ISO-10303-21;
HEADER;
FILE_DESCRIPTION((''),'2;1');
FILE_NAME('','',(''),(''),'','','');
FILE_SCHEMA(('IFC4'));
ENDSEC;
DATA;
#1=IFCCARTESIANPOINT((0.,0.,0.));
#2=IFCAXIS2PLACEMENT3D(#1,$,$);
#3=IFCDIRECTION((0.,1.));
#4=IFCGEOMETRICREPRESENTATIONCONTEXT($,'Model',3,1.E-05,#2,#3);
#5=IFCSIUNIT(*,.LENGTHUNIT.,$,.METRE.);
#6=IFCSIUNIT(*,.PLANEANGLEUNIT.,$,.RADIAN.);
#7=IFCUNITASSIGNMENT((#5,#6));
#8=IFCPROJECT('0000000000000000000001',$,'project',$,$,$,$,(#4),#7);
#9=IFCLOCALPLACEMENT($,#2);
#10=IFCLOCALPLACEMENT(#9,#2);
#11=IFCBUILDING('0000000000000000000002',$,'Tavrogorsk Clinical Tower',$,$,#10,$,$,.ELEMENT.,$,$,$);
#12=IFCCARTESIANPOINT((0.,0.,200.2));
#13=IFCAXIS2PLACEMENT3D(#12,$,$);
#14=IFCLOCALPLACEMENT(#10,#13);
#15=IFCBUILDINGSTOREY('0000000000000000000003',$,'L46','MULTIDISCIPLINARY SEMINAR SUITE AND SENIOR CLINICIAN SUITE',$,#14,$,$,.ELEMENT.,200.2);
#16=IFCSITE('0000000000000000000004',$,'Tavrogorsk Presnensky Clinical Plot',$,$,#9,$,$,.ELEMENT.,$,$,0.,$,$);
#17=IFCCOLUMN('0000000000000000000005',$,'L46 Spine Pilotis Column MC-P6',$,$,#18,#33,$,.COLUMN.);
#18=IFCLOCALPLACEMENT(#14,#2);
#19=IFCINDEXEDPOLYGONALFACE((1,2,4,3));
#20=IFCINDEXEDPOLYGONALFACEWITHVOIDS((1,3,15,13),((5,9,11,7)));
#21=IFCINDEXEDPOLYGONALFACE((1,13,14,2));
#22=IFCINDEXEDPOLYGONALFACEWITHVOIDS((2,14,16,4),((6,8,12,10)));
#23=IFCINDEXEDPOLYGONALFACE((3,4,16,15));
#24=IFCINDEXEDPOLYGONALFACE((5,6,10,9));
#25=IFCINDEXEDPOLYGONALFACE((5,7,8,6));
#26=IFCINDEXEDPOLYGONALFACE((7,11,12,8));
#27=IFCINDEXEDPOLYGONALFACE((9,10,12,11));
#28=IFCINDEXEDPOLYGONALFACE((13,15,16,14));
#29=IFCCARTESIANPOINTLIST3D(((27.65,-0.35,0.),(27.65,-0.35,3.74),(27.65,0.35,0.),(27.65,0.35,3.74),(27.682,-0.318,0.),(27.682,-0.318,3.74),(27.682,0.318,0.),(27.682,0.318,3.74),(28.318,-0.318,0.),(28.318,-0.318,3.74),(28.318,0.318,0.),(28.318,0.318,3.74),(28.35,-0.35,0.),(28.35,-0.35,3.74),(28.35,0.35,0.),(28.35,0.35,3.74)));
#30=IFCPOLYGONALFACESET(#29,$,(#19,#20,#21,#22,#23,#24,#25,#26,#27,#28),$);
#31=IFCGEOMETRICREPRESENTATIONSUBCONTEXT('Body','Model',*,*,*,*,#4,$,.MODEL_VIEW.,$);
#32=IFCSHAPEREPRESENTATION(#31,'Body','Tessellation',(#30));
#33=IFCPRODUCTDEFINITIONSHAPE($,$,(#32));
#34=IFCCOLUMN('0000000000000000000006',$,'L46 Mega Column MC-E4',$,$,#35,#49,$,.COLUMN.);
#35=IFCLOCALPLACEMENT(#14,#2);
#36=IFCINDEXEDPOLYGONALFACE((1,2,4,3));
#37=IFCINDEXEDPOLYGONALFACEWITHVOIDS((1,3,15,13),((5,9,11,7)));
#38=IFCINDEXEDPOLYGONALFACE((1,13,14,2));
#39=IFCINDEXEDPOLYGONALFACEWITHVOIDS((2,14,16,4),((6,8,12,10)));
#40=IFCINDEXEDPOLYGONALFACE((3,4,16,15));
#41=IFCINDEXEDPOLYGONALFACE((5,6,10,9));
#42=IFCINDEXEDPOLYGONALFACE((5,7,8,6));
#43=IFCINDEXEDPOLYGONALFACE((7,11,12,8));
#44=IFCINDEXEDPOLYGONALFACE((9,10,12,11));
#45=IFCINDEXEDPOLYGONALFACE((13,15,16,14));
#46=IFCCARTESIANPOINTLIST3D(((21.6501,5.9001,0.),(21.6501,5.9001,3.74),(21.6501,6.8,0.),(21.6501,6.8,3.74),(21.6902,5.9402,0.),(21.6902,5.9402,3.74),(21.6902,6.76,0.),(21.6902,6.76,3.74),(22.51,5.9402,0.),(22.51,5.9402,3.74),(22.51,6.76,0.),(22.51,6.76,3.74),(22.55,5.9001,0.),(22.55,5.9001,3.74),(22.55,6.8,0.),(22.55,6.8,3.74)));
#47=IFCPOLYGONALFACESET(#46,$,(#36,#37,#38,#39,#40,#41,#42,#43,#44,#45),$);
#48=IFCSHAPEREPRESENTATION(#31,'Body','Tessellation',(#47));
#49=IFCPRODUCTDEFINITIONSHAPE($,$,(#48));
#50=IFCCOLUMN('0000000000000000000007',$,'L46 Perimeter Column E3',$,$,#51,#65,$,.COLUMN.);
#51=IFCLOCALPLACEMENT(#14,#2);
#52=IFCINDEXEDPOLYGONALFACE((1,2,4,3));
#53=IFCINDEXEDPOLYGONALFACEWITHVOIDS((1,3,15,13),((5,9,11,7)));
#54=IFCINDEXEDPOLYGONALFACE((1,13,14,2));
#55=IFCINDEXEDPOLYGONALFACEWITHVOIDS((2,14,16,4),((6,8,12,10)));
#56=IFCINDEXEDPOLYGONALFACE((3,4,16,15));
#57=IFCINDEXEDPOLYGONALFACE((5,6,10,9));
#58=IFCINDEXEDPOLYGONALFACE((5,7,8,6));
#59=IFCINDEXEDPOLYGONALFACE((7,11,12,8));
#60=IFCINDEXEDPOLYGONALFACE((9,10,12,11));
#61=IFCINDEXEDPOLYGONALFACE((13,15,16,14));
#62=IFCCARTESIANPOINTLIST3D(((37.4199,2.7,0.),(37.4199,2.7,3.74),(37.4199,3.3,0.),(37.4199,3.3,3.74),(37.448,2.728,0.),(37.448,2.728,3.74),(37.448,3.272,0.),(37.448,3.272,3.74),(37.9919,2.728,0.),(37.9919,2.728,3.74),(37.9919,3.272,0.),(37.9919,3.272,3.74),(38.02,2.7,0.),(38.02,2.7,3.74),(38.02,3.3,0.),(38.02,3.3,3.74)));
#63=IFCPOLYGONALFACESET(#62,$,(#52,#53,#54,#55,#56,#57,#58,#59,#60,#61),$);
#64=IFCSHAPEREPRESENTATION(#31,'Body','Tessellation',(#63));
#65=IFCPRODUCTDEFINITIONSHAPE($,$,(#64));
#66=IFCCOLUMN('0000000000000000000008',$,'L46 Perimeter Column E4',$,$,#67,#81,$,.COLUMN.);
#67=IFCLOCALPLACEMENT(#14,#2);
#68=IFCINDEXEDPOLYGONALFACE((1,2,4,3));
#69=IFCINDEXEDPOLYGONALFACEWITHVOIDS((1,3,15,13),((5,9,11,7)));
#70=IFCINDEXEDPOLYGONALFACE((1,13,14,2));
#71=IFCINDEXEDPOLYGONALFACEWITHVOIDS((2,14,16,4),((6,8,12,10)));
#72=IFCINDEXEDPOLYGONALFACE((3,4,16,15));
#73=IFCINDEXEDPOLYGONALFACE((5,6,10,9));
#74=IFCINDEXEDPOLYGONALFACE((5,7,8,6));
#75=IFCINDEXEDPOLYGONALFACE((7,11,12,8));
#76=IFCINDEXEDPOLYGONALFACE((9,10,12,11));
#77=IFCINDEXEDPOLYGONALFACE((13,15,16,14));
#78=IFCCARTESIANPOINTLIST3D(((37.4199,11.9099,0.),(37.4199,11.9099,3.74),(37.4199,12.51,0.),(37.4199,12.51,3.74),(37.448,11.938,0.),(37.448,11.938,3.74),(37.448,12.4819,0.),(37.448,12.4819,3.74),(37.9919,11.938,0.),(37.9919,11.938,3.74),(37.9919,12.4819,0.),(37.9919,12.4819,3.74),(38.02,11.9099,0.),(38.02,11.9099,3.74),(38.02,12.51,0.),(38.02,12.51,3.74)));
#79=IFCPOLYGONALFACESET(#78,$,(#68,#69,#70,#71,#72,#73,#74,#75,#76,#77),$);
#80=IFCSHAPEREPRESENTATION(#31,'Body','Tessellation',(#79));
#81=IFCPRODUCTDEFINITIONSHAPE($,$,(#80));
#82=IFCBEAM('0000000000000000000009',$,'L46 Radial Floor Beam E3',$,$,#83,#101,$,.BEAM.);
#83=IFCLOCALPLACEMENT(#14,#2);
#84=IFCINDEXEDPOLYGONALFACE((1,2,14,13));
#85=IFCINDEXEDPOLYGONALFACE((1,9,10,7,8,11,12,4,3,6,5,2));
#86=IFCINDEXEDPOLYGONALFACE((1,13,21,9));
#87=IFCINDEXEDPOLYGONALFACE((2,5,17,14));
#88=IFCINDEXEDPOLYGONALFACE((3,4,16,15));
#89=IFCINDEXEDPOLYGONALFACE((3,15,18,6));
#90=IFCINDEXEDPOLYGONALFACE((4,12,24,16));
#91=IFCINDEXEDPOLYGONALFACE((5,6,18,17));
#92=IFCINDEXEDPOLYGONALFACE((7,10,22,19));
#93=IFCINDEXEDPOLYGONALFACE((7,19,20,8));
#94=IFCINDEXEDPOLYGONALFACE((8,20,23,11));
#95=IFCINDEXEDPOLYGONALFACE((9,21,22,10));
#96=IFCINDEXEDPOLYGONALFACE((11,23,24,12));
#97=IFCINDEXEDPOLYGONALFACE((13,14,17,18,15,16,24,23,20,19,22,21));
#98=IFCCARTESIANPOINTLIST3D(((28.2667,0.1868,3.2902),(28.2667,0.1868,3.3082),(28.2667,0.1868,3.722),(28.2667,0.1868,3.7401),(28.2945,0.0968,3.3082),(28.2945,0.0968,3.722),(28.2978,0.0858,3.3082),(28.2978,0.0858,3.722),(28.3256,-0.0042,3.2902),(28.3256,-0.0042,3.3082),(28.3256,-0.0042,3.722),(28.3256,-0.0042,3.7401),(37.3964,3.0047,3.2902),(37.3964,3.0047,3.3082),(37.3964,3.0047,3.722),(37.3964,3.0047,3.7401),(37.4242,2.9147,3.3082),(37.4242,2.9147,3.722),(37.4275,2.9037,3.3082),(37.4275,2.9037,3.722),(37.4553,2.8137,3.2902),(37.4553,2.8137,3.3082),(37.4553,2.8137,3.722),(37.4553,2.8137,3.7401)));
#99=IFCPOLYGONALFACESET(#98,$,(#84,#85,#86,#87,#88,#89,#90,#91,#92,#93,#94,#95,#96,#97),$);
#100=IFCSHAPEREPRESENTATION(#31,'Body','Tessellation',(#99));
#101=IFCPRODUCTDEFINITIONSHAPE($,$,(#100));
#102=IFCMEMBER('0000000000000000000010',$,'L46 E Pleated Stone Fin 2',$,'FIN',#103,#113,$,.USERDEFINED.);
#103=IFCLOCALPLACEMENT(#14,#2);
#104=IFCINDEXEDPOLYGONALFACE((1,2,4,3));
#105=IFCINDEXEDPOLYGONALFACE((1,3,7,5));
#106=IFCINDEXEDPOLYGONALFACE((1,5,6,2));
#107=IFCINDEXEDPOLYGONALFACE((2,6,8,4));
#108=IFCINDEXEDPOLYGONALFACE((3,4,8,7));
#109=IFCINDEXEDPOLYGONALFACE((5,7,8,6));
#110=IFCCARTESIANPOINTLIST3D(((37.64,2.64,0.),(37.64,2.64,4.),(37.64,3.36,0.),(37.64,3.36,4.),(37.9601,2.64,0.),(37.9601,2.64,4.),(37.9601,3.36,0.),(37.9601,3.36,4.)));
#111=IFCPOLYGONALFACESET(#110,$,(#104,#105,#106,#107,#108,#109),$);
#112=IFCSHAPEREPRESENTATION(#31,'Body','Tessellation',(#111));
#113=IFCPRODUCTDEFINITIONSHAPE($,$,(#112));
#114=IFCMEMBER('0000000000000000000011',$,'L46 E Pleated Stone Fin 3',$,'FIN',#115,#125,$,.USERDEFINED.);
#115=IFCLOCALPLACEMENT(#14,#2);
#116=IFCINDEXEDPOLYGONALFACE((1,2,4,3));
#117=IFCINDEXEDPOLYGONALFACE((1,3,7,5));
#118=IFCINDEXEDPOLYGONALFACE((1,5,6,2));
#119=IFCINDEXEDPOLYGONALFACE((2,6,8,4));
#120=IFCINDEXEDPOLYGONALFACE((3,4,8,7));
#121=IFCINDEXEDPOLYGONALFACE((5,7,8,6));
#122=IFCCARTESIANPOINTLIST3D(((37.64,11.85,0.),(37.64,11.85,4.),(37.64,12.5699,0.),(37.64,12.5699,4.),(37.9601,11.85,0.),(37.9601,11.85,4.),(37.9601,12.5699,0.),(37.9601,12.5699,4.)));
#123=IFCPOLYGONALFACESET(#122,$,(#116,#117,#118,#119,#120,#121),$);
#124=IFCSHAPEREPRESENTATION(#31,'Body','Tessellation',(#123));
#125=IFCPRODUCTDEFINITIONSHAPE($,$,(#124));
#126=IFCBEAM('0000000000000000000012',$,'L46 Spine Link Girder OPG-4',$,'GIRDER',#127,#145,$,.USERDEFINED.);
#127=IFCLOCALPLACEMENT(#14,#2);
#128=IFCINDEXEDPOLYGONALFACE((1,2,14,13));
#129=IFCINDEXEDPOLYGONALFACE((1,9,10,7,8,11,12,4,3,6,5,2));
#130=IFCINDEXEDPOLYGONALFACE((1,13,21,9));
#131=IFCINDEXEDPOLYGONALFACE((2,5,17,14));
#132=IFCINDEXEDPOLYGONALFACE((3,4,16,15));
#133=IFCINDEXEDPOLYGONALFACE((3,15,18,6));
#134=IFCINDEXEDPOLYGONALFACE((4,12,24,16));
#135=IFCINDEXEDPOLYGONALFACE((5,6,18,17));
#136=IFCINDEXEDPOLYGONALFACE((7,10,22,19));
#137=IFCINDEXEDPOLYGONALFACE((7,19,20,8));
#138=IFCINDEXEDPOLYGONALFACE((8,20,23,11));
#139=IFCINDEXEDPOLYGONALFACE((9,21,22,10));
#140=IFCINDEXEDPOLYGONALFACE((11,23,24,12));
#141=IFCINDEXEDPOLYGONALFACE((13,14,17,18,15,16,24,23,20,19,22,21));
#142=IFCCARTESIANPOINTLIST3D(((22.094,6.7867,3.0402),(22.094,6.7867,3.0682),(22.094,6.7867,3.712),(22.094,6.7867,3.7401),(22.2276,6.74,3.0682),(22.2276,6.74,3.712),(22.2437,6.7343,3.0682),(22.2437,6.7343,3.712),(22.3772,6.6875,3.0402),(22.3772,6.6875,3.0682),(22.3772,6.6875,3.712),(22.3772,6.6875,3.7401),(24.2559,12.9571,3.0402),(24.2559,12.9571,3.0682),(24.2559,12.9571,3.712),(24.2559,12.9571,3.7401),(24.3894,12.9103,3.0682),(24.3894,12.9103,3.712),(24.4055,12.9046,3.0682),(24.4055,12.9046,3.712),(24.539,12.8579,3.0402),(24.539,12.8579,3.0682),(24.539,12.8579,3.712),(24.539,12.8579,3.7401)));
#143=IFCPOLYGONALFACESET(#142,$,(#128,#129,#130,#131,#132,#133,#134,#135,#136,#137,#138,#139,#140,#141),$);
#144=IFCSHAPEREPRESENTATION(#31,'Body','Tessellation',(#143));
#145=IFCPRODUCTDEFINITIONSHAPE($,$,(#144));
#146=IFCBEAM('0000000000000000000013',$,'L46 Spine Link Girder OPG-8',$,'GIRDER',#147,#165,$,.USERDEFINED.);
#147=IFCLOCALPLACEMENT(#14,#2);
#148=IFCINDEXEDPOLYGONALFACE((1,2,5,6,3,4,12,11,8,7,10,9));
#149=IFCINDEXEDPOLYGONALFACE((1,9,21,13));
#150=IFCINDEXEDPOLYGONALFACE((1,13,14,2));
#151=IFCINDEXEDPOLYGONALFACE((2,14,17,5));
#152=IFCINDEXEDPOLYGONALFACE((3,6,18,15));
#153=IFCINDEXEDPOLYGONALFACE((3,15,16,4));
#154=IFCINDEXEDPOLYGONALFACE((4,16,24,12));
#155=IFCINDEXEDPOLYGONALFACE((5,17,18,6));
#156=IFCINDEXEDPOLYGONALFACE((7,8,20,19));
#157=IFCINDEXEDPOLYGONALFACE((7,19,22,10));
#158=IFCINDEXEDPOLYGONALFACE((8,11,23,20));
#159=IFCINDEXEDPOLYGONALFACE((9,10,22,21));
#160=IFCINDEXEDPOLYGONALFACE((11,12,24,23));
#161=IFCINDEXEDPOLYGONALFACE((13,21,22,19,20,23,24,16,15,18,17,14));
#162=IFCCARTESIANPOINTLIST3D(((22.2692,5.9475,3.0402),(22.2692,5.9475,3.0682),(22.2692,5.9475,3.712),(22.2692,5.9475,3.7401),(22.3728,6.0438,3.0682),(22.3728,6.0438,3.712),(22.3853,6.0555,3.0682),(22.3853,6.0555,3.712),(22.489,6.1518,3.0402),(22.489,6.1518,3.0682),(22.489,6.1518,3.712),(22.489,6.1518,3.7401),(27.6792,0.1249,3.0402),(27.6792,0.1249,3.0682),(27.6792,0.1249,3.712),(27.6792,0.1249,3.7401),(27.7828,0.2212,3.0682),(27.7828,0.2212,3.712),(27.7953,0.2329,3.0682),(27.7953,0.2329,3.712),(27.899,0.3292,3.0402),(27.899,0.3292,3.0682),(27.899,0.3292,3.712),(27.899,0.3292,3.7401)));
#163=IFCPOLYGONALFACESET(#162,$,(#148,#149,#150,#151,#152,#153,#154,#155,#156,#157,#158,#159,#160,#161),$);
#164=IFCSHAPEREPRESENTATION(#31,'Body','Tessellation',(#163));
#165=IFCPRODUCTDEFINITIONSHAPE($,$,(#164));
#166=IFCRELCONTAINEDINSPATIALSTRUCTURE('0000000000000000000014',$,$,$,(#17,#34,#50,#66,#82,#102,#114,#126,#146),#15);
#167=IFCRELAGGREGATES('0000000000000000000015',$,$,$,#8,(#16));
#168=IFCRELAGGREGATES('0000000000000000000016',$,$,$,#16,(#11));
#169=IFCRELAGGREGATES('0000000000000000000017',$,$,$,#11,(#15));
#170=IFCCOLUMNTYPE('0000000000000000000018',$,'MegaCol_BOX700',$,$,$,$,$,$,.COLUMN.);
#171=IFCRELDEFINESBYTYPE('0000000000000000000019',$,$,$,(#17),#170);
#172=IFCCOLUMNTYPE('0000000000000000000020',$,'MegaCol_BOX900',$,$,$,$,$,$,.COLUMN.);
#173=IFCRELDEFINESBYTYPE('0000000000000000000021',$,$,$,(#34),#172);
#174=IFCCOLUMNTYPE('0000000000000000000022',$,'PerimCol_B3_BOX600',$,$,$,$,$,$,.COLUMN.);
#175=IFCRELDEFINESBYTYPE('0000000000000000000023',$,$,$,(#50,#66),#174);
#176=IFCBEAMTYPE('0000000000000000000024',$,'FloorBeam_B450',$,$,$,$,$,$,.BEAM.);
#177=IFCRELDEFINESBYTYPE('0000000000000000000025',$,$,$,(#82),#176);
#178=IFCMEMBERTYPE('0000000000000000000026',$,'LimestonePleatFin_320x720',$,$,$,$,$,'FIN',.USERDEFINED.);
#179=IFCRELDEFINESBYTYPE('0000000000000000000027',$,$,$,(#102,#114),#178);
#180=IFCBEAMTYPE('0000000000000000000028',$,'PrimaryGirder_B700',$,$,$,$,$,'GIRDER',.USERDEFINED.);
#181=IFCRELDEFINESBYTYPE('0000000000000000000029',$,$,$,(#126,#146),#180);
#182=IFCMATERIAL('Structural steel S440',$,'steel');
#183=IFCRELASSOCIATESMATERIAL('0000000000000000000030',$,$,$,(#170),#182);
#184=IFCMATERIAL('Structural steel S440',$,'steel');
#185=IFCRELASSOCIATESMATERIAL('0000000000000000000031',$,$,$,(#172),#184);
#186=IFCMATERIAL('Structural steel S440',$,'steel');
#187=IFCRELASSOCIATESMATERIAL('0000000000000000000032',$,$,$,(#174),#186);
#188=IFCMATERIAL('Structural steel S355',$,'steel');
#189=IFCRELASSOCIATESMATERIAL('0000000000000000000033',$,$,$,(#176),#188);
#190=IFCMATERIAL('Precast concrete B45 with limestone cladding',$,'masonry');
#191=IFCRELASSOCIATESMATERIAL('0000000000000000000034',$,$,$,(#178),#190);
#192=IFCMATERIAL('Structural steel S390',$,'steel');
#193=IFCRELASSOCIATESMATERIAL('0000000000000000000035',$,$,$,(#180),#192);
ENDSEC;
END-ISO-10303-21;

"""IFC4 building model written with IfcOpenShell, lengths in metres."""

from ifc_helpers import new_model, si_unit, direction, frame, origin, origin_2d, place, context, subcontext, project, spatial, rectangle, hollow_rectangle, i_section, extrude, material, material_profile, profile_set, type_object, element, save


model = new_model("IFC4")

# Units and contexts
model_context = context("Model", 3, precision=1e-05, world=origin(), true_north=direction((0.0, 1.0)))
body_context = subcontext(model_context, "Body", "Model", "MODEL_VIEW")
ifc_project = project(units=[si_unit("LENGTHUNIT", "METRE"), si_unit("PLANEANGLEUNIT", "RADIAN")], contexts=[model_context])

# Site, building, storey
site_placement = place(None, origin())
site = spatial("IfcSite", under=ifc_project, at=site_placement, Name="Tavrogorsk Presnensky Clinical Plot", CompositionType="ELEMENT", RefElevation=0.0)
building_placement = place(site_placement, origin())
building = spatial("IfcBuilding", under=site, at=building_placement, Name="Tavrogorsk Clinical Tower", CompositionType="ELEMENT")
storey_placement = place(building_placement, frame((0.0, 0.0, 200.2)))
storey = spatial("IfcBuildingStorey", under=building, at=storey_placement, Name="L46", Description="MULTIDISCIPLINARY SEMINAR SUITE AND SENIOR CLINICIAN SUITE", CompositionType="ELEMENT", Elevation=200.2)

# Columns
ifc_material_1 = material(Name="Structural steel S440", Category="steel")
ifc_material_profile_1 = material_profile(ifc_material_1, hollow_rectangle(XDim=0.7, YDim=0.7, WallThickness=0.032, at=origin_2d()), Name="BOX-700x700x32")
ifc_profile_set_1 = profile_set([ifc_material_profile_1], Name="Structural steel S440")
column_type_1 = type_object("IfcColumnType", Name="MegaCol_BOX700", PredefinedType="COLUMN", material=ifc_profile_set_1)
column_1_placement = place(storey_placement, frame((28.0, 0.0, 0.0), z_axis=(0.0, 0.0, 1.0), x_axis=(1.0, 0.0, 0.0)))
element("IfcColumn", 1, at=column_1_placement, inside=storey, type_object=column_type_1, Name="L46 Spine Pilotis Column MC-P6", PredefinedType="COLUMN", context=body_context, shape_type="SweptSolid", body=[
    extrude(hollow_rectangle(XDim=0.7, YDim=0.7, WallThickness=0.032, at=origin_2d()), origin(), (0.0, 0.0, 1.0), 3.74),
])
ifc_material_2 = material(Name="Structural steel S440", Category="steel")
ifc_material_profile_2 = material_profile(ifc_material_2, hollow_rectangle(XDim=0.8999, YDim=0.8999, WallThickness=0.04, at=origin_2d()), Name="BOX-900x900x40")
ifc_profile_set_2 = profile_set([ifc_material_profile_2], Name="Structural steel S440")
column_type_2 = type_object("IfcColumnType", Name="MegaCol_BOX900", PredefinedType="COLUMN", material=ifc_profile_set_2)
column_2_placement = place(storey_placement, frame((22.1001, 6.3501, 0.0), z_axis=(0.0, 0.0, 1.0), x_axis=(1.0, 0.0, 0.0)))
element("IfcColumn", 2, at=column_2_placement, inside=storey, type_object=column_type_2, Name="L46 Mega Column MC-E4", PredefinedType="COLUMN", context=body_context, shape_type="SweptSolid", body=[
    extrude(hollow_rectangle(XDim=0.8999, YDim=0.8999, WallThickness=0.04, at=origin_2d()), origin(), (0.0, 0.0, 1.0), 3.74),
])
ifc_material_3 = material(Name="Structural steel S440", Category="steel")
ifc_material_profile_3 = material_profile(ifc_material_3, hollow_rectangle(XDim=0.6001, YDim=0.6001, WallThickness=0.0281, at=origin_2d()), Name="BOX-600x600x28")
ifc_profile_set_3 = profile_set([ifc_material_profile_3], Name="Structural steel S440")
column_type_3 = type_object("IfcColumnType", Name="PerimCol_B3_BOX600", PredefinedType="COLUMN", material=ifc_profile_set_3)
for number, where, z_axis, x_axis, name in (
    (3, (37.72, 3.0, 0.0), (0.0, 0.0, 1.0), (1.0, 0.0, 0.0), "L46 Perimeter Column E3"),
    (4, (37.72, 12.21, 0.0), (0.0, 0.0, 1.0), (1.0, 0.0, 0.0), "L46 Perimeter Column E4"),
):
    element("IfcColumn", number, at=place(storey_placement, frame(where, z_axis=z_axis, x_axis=x_axis)), inside=storey, type_object=column_type_3, Name=name, PredefinedType="COLUMN", context=body_context, shape_type="SweptSolid", body=[
        extrude(hollow_rectangle(XDim=0.6001, YDim=0.6001, WallThickness=0.0281, at=origin_2d()), origin(), (0.0, 0.0, 1.0), 3.74),
    ])

# Beam
ifc_material_4 = material(Name="Structural steel S355", Category="steel")
ifc_material_profile_4 = material_profile(ifc_material_4, i_section(OverallWidth=0.2, OverallDepth=0.45, WebThickness=0.0115, FlangeThickness=0.0181, at=origin_2d()), Name="B-450x200x11.5x18")
ifc_profile_set_4 = profile_set([ifc_material_profile_4], Name="Structural steel S355")
beam_type_1 = type_object("IfcBeamType", Name="FloorBeam_B450", PredefinedType="BEAM", material=ifc_profile_set_4)
beam_1_placement = place(storey_placement, frame((28.2961, 0.0913, 3.5151), z_axis=(0.955521, 0.294922, 0.0), x_axis=(-0.294922, 0.955521, 0.0)))
element("IfcBeam", 5, at=beam_1_placement, inside=storey, type_object=beam_type_1, Name="L46 Radial Floor Beam E3", PredefinedType="BEAM", context=body_context, shape_type="SweptSolid", body=[
    extrude(i_section(OverallWidth=0.2, OverallDepth=0.45, WebThickness=0.0115, FlangeThickness=0.0181, at=origin_2d()), origin(), (0.0, 0.0, 1.0), 9.5547),
])

# Members
ifc_material_5 = material(Name="Precast concrete B45 with limestone cladding", Category="masonry")
ifc_material_profile_5 = material_profile(ifc_material_5, rectangle(XDim=0.3201, YDim=0.72, at=origin_2d()), Name="LIMESTONE-FIN-320x720")
ifc_profile_set_5 = profile_set([ifc_material_profile_5], Name="Precast concrete B45 with limestone cladding")
member_type = type_object("IfcMemberType", Name="LimestonePleatFin_320x720", ElementType="FIN", PredefinedType="USERDEFINED", material=ifc_profile_set_5)
for number, where, z_axis, x_axis, name in (
    (6, (37.8, 3.0, 0.0), (0.0, 0.0, 1.0), (1.0, 0.0, 0.0), "L46 E Pleated Stone Fin 2"),
    (7, (37.8, 12.21, 0.0), (0.0, 0.0, 1.0), (1.0, 0.0, 0.0), "L46 E Pleated Stone Fin 3"),
):
    element("IfcMember", number, at=place(storey_placement, frame(where, z_axis=z_axis, x_axis=x_axis)), inside=storey, type_object=member_type, Name=name, ObjectType="FIN", PredefinedType="USERDEFINED", context=body_context, shape_type="SweptSolid", body=[
        extrude(rectangle(XDim=0.3201, YDim=0.72, at=origin_2d()), origin(), (0.0, 0.0, 1.0), 4.0),
    ])

# Beams
ifc_material_6 = material(Name="Structural steel S390", Category="steel")
ifc_material_profile_6 = material_profile(ifc_material_6, i_section(OverallWidth=0.3, OverallDepth=0.7, WebThickness=0.0171, FlangeThickness=0.0281, at=origin_2d()), Name="B-700x300x17x28")
ifc_profile_set_6 = profile_set([ifc_material_profile_6], Name="Structural steel S390")
beam_type_2 = type_object("IfcBeamType", Name="PrimaryGirder_B700", ElementType="GIRDER", PredefinedType="USERDEFINED", material=ifc_profile_set_6)
beam_2_placement = place(storey_placement, frame((24.3975, 12.9075, 3.3901), z_axis=(-0.330653, -0.943752, 0.0), x_axis=(0.943752, -0.330653, 0.0)))
element("IfcBeam", 8, at=beam_2_placement, inside=storey, type_object=beam_type_2, Name="L46 Spine Link Girder OPG-4", ObjectType="GIRDER", PredefinedType="USERDEFINED", context=body_context, shape_type="SweptSolid", body=[
    extrude(i_section(OverallWidth=0.3, OverallDepth=0.7, WebThickness=0.0171, FlangeThickness=0.0281, at=origin_2d()), origin(), (0.0, 0.0, 1.0), 6.5381),
])
beam_3_placement = place(storey_placement, frame((27.7891, 0.2271, 3.3901), z_axis=(-0.680674, 0.732587, 0.0), x_axis=(-0.732587, -0.680674, 0.0)))
element("IfcBeam", 9, at=beam_3_placement, inside=storey, type_object=beam_type_2, Name="L46 Spine Link Girder OPG-8", ObjectType="GIRDER", PredefinedType="USERDEFINED", context=body_context, shape_type="SweptSolid", body=[
    extrude(i_section(OverallWidth=0.3, OverallDepth=0.7, WebThickness=0.0171, FlangeThickness=0.0281, at=origin_2d()), origin(), (0.0, 0.0, 1.0), 7.948),
])

save(model, "model.ifc")
